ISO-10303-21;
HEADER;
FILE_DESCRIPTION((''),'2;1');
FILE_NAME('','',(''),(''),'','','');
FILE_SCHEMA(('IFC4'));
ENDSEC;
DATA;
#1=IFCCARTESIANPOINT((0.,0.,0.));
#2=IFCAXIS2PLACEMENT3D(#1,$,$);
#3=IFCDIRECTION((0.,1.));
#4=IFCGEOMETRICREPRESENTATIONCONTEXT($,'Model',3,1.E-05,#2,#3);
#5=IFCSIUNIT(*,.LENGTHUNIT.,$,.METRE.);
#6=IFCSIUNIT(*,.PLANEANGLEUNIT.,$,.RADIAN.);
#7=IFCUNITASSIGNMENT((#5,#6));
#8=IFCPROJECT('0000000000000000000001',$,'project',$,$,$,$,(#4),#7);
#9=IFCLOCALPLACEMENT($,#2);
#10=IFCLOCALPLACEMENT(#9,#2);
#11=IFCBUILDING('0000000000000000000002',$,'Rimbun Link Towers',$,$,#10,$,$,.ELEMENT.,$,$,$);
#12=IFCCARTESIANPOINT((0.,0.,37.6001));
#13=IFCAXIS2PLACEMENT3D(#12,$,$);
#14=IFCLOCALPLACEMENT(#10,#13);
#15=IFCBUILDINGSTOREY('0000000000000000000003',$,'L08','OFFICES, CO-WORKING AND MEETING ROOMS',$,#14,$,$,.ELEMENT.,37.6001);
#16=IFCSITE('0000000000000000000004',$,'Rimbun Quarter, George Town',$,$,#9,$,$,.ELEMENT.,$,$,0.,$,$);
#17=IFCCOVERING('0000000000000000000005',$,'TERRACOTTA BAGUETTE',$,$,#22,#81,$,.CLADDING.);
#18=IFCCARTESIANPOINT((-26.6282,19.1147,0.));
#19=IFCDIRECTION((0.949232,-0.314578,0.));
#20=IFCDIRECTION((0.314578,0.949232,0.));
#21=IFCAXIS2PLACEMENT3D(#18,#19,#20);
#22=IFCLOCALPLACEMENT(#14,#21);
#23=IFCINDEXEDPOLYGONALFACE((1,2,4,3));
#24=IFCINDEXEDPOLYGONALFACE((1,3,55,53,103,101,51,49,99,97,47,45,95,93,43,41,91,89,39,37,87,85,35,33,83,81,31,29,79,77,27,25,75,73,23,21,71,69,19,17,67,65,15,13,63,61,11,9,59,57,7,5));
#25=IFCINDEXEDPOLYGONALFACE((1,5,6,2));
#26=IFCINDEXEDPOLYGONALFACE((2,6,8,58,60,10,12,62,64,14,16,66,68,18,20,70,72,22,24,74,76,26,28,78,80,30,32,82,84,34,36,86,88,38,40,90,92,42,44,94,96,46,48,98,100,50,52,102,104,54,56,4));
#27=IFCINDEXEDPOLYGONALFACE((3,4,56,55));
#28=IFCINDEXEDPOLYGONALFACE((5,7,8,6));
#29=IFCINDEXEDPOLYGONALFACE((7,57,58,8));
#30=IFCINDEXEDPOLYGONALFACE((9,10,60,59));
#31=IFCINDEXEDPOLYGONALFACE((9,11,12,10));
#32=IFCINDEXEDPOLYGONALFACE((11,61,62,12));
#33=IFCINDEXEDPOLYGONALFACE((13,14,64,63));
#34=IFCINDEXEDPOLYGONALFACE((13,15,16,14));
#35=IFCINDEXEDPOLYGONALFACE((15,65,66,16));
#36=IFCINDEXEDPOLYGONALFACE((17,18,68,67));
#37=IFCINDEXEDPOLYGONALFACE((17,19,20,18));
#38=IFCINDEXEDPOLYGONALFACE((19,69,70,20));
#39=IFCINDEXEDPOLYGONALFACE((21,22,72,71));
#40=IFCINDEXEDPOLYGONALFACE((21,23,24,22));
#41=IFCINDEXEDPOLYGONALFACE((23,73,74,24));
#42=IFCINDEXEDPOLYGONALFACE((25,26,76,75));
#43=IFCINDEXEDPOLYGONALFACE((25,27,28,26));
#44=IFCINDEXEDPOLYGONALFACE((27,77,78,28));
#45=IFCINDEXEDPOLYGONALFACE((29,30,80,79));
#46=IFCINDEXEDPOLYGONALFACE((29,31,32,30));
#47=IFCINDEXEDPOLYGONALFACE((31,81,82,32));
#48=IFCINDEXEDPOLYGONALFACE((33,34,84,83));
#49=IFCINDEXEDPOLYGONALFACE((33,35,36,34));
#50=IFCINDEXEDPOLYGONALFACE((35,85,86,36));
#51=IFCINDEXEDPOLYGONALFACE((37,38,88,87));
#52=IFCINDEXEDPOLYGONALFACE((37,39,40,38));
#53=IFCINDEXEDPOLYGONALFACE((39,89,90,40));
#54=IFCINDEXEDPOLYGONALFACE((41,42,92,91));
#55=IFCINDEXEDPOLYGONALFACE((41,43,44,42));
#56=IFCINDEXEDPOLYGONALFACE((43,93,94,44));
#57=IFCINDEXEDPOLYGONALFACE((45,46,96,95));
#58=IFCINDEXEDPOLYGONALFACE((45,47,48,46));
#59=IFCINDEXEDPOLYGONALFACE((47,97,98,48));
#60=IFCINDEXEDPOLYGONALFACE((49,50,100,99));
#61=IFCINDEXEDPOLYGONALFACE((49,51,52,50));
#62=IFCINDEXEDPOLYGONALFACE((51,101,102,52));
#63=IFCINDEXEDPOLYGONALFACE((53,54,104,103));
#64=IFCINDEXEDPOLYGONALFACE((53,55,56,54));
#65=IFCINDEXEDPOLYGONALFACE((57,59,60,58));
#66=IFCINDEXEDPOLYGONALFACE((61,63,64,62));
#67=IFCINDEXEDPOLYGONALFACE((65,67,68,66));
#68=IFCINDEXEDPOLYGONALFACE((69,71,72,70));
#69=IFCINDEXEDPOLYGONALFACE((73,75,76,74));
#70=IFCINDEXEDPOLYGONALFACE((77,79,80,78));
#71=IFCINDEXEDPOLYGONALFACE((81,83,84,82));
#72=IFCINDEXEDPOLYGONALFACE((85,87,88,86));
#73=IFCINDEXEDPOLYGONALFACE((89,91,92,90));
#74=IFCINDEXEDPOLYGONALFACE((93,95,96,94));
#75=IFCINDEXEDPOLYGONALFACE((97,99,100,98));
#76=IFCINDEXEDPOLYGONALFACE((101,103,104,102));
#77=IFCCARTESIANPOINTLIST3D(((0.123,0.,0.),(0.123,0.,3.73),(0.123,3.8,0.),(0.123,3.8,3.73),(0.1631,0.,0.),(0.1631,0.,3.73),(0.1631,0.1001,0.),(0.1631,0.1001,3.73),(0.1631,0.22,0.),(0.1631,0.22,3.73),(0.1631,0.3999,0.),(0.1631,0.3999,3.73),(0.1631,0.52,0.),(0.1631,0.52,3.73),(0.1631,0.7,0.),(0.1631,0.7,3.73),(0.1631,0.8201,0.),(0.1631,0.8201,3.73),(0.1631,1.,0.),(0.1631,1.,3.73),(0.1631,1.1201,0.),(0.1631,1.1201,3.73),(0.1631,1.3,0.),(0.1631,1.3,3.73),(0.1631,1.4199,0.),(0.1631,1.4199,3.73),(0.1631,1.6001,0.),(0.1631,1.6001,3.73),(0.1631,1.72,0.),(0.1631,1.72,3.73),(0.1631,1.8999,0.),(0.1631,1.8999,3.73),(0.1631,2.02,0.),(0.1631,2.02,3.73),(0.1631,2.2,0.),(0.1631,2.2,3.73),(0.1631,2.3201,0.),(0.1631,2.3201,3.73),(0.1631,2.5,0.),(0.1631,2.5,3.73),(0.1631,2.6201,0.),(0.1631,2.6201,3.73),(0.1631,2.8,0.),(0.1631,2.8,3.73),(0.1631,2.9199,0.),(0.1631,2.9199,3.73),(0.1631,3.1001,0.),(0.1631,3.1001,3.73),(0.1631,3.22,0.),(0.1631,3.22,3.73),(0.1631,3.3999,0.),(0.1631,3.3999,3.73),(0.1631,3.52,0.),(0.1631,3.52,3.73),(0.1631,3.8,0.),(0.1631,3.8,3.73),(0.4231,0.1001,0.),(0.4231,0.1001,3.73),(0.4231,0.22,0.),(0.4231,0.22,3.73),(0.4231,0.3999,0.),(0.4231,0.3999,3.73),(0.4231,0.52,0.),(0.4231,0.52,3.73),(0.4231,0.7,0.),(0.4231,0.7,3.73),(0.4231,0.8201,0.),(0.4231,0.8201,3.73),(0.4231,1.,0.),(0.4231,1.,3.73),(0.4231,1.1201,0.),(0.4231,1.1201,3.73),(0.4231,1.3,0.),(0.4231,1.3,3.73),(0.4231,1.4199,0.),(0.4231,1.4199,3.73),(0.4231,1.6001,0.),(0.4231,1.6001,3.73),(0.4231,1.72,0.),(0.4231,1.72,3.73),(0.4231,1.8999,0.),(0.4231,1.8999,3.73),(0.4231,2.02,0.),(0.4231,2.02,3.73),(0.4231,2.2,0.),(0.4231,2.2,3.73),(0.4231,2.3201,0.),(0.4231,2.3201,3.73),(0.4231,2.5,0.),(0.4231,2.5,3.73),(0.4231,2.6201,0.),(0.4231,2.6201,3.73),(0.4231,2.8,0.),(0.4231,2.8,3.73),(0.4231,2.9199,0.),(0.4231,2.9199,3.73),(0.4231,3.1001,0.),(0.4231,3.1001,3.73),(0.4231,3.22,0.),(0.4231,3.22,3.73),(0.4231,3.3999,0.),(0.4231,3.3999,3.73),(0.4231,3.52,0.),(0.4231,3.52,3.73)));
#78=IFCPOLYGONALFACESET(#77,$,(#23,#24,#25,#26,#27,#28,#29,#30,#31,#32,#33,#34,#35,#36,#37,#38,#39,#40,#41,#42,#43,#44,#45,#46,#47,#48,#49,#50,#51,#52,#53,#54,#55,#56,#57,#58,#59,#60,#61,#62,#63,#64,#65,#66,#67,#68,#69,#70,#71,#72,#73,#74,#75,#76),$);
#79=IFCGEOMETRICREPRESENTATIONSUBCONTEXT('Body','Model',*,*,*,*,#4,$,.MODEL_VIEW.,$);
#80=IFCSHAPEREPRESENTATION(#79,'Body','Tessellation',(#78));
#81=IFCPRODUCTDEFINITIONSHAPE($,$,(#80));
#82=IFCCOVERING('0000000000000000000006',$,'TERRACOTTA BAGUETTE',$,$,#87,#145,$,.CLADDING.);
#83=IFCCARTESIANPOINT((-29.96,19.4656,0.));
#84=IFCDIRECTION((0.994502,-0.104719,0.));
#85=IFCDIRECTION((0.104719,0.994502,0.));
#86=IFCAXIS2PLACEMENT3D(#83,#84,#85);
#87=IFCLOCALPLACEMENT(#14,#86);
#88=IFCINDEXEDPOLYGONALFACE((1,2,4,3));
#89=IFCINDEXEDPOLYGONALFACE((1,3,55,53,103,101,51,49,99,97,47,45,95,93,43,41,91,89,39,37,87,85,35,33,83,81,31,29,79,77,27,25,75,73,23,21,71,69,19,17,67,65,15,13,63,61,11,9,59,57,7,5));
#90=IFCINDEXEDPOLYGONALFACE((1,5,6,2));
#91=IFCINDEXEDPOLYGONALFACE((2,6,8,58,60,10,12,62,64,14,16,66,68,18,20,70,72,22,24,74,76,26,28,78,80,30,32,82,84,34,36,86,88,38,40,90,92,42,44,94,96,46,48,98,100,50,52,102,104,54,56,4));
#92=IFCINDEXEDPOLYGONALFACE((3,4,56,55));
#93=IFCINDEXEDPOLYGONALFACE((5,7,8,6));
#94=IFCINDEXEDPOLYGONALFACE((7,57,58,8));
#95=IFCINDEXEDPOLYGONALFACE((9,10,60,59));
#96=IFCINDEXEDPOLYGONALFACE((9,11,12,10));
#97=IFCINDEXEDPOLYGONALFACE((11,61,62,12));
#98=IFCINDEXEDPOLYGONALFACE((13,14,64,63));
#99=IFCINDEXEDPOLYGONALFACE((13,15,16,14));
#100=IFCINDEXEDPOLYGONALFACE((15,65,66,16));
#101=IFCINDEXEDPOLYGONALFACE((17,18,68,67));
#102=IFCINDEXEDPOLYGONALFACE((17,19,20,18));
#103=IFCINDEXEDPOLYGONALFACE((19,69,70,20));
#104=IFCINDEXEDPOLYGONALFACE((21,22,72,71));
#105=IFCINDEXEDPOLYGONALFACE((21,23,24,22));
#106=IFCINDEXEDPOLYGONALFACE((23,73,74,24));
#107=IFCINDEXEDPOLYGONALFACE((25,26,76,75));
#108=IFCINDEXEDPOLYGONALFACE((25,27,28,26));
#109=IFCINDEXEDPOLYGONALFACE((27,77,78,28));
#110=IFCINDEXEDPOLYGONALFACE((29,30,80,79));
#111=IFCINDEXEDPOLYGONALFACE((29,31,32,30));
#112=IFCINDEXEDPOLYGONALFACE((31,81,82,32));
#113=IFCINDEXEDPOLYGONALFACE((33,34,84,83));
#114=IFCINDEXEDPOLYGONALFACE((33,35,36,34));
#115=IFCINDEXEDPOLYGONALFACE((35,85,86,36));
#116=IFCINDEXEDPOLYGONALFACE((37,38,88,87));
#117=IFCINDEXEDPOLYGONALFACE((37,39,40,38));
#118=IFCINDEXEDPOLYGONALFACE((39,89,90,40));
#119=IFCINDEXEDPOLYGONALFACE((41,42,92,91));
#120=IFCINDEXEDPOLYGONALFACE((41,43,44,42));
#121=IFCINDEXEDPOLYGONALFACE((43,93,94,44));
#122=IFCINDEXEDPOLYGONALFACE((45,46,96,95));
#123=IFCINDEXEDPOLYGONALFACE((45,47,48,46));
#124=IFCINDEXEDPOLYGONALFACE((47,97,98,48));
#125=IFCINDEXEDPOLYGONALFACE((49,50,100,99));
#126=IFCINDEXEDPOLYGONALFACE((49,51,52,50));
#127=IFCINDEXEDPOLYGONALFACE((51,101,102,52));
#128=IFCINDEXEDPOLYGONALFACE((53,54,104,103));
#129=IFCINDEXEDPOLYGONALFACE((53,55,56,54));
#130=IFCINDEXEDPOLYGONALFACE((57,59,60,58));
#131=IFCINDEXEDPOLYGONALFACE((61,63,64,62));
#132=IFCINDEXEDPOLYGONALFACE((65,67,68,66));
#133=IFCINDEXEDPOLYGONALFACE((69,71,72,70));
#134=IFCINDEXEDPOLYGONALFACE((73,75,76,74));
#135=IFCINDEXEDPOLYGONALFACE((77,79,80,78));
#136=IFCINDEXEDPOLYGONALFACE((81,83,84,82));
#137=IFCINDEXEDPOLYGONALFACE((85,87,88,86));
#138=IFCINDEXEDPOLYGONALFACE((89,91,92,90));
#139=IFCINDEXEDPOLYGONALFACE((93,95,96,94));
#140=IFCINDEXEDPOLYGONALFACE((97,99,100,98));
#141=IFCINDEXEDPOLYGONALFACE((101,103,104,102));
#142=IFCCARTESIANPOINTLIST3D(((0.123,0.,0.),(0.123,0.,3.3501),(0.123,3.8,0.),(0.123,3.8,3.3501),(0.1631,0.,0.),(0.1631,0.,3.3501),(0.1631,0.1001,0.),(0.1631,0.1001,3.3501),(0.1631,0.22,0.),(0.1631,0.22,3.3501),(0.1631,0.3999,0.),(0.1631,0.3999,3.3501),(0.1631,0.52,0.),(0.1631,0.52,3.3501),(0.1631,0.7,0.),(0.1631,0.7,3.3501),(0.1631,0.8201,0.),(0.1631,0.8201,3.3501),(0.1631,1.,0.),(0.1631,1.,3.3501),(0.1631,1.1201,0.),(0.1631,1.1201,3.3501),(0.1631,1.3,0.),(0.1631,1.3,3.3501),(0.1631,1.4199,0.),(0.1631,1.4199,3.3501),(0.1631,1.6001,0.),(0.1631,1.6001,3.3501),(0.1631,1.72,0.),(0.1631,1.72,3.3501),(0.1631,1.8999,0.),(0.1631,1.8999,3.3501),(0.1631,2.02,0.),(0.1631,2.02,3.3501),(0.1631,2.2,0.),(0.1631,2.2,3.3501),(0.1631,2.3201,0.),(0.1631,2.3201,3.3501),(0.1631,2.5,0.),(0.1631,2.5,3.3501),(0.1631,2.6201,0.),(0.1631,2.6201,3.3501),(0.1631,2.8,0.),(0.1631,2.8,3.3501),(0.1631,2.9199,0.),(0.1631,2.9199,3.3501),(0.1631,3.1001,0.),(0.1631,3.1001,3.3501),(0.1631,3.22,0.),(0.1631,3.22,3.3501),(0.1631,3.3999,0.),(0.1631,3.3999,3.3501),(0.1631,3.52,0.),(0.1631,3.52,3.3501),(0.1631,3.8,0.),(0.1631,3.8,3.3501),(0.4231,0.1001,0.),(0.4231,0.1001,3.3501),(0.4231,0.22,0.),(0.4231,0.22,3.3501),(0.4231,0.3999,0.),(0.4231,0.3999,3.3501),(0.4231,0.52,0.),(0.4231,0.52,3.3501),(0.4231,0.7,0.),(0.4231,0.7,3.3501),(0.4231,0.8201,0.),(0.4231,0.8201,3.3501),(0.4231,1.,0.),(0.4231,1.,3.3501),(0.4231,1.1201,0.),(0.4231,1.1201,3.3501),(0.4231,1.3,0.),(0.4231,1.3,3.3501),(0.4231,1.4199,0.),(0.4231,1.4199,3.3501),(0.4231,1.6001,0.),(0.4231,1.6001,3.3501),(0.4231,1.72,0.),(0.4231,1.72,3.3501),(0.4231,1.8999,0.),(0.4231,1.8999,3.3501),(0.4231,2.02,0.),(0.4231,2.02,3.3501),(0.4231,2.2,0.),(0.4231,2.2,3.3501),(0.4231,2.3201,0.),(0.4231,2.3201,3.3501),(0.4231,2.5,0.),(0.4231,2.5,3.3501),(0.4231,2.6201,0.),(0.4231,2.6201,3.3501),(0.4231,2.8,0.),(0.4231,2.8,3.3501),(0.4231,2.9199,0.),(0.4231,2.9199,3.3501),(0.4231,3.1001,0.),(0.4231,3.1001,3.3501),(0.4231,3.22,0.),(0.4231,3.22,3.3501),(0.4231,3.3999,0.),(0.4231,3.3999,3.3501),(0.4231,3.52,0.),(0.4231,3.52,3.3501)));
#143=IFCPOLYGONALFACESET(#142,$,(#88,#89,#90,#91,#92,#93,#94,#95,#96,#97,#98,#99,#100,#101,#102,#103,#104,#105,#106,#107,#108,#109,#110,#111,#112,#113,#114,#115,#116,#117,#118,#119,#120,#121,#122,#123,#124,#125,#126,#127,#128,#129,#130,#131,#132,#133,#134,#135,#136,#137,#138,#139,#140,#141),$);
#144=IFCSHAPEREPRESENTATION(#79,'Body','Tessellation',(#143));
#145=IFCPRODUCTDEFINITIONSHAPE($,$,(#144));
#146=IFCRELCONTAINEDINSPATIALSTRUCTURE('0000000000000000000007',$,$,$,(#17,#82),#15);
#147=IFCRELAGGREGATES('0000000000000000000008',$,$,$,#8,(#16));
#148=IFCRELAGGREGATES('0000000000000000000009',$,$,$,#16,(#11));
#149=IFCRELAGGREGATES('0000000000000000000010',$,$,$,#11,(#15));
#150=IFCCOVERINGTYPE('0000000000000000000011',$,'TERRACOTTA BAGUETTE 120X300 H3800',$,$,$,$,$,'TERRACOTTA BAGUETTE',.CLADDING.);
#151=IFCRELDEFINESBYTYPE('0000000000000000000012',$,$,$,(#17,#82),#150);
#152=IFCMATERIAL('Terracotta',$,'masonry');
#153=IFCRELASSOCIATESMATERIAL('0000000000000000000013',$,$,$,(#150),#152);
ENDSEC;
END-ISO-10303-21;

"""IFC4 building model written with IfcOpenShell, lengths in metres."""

from ifc_helpers import new_model, si_unit, direction, frame, origin, place, context, subcontext, project, spatial, polyline, outline, extrude, material, material_profile, profile_set, type_object, element, save


model = new_model("IFC4")

# Units and contexts
model_context = context("Model", 3, precision=1e-05, world=origin(), true_north=direction((0.0, 1.0)))
body_context = subcontext(model_context, "Body", "Model", "MODEL_VIEW")
ifc_project = project(units=[si_unit("LENGTHUNIT", "METRE"), si_unit("PLANEANGLEUNIT", "RADIAN")], contexts=[model_context])

# Site, building, storey
site_placement = place(None, origin())
site = spatial("IfcSite", under=ifc_project, at=site_placement, Name="Rimbun Quarter, George Town", CompositionType="ELEMENT", RefElevation=0.0)
building_placement = place(site_placement, origin())
building = spatial("IfcBuilding", under=site, at=building_placement, Name="Rimbun Link Towers", CompositionType="ELEMENT")
storey_placement = place(building_placement, frame((0.0, 0.0, 37.6001)))
storey = spatial("IfcBuildingStorey", under=building, at=storey_placement, Name="L08", Description="OFFICES, CO-WORKING AND MEETING ROOMS", CompositionType="ELEMENT", Elevation=37.6001)

# Coverings
ifc_material_1 = material(Name="Terracotta", Category="masonry")
ifc_material_profile_1 = material_profile(ifc_material_1, outline(polyline([(0.123, 0.0), (0.1631, 0.0), (0.1631, 0.1001), (0.4231, 0.1001), (0.4231, 0.22), (0.1631, 0.22), (0.1631, 0.3999), (0.4231, 0.3999), (0.4231, 0.52), (0.1631, 0.52), (0.1631, 0.7), (0.4231, 0.7), (0.4231, 0.8201), (0.1631, 0.8201), (0.1631, 1.0), (0.4231, 1.0), (0.4231, 1.1201), (0.1631, 1.1201), (0.1631, 1.3), (0.4231, 1.3), (0.4231, 1.4199), (0.1631, 1.4199), (0.1631, 1.6001), (0.4231, 1.6001), (0.4231, 1.72), (0.1631, 1.72), (0.1631, 1.8999), (0.4231, 1.8999), (0.4231, 2.02), (0.1631, 2.02), (0.1631, 2.2), (0.4231, 2.2), (0.4231, 2.3201), (0.1631, 2.3201), (0.1631, 2.5), (0.4231, 2.5), (0.4231, 2.6201), (0.1631, 2.6201), (0.1631, 2.8), (0.4231, 2.8), (0.4231, 2.9199), (0.1631, 2.9199), (0.1631, 3.1001), (0.4231, 3.1001), (0.4231, 3.22), (0.1631, 3.22), (0.1631, 3.3999), (0.4231, 3.3999), (0.4231, 3.52), (0.1631, 3.52), (0.1631, 3.8), (0.123, 3.8), (0.123, 0.0)])), Name="BAGUETTE 120X300")
ifc_profile_set_1 = profile_set([ifc_material_profile_1], Name="Terracotta")
covering_type = type_object("IfcCoveringType", Name="TERRACOTTA BAGUETTE 120X300 H3800", ElementType="TERRACOTTA BAGUETTE", PredefinedType="CLADDING", material=ifc_profile_set_1)
covering_1_placement = place(storey_placement, frame((-26.6282, 19.1147, 0.0), z_axis=(0.949232, -0.314578, 0.0), x_axis=(0.314578, 0.949232, 0.0)))
element("IfcCovering", 1, at=covering_1_placement, inside=storey, type_object=covering_type, Name="TERRACOTTA BAGUETTE", PredefinedType="CLADDING", context=body_context, shape_type="SweptSolid", body=[
    extrude(outline(polyline([(0.123, 0.0), (0.1631, 0.0), (0.1631, 0.1001), (0.4231, 0.1001), (0.4231, 0.22), (0.1631, 0.22), (0.1631, 0.3999), (0.4231, 0.3999), (0.4231, 0.52), (0.1631, 0.52), (0.1631, 0.7), (0.4231, 0.7), (0.4231, 0.8201), (0.1631, 0.8201), (0.1631, 1.0), (0.4231, 1.0), (0.4231, 1.1201), (0.1631, 1.1201), (0.1631, 1.3), (0.4231, 1.3), (0.4231, 1.4199), (0.1631, 1.4199), (0.1631, 1.6001), (0.4231, 1.6001), (0.4231, 1.72), (0.1631, 1.72), (0.1631, 1.8999), (0.4231, 1.8999), (0.4231, 2.02), (0.1631, 2.02), (0.1631, 2.2), (0.4231, 2.2), (0.4231, 2.3201), (0.1631, 2.3201), (0.1631, 2.5), (0.4231, 2.5), (0.4231, 2.6201), (0.1631, 2.6201), (0.1631, 2.8), (0.4231, 2.8), (0.4231, 2.9199), (0.1631, 2.9199), (0.1631, 3.1001), (0.4231, 3.1001), (0.4231, 3.22), (0.1631, 3.22), (0.1631, 3.3999), (0.4231, 3.3999), (0.4231, 3.52), (0.1631, 3.52), (0.1631, 3.8), (0.123, 3.8), (0.123, 0.0)])), origin(), (0.0, 0.0, 1.0), 3.73),
])
covering_2_placement = place(storey_placement, frame((-29.96, 19.4656, 0.0), z_axis=(0.994502, -0.104719, 0.0), x_axis=(0.104719, 0.994502, 0.0)))
element("IfcCovering", 2, at=covering_2_placement, inside=storey, type_object=covering_type, Name="TERRACOTTA BAGUETTE", PredefinedType="CLADDING", context=body_context, shape_type="SweptSolid", body=[
    extrude(outline(polyline([(0.123, 0.0), (0.1631, 0.0), (0.1631, 0.1001), (0.4231, 0.1001), (0.4231, 0.22), (0.1631, 0.22), (0.1631, 0.3999), (0.4231, 0.3999), (0.4231, 0.52), (0.1631, 0.52), (0.1631, 0.7), (0.4231, 0.7), (0.4231, 0.8201), (0.1631, 0.8201), (0.1631, 1.0), (0.4231, 1.0), (0.4231, 1.1201), (0.1631, 1.1201), (0.1631, 1.3), (0.4231, 1.3), (0.4231, 1.4199), (0.1631, 1.4199), (0.1631, 1.6001), (0.4231, 1.6001), (0.4231, 1.72), (0.1631, 1.72), (0.1631, 1.8999), (0.4231, 1.8999), (0.4231, 2.02), (0.1631, 2.02), (0.1631, 2.2), (0.4231, 2.2), (0.4231, 2.3201), (0.1631, 2.3201), (0.1631, 2.5), (0.4231, 2.5), (0.4231, 2.6201), (0.1631, 2.6201), (0.1631, 2.8), (0.4231, 2.8), (0.4231, 2.9199), (0.1631, 2.9199), (0.1631, 3.1001), (0.4231, 3.1001), (0.4231, 3.22), (0.1631, 3.22), (0.1631, 3.3999), (0.4231, 3.3999), (0.4231, 3.52), (0.1631, 3.52), (0.1631, 3.8), (0.123, 3.8), (0.123, 0.0)])), origin(), (0.0, 0.0, 1.0), 3.3501),
])

save(model, "model.ifc")
